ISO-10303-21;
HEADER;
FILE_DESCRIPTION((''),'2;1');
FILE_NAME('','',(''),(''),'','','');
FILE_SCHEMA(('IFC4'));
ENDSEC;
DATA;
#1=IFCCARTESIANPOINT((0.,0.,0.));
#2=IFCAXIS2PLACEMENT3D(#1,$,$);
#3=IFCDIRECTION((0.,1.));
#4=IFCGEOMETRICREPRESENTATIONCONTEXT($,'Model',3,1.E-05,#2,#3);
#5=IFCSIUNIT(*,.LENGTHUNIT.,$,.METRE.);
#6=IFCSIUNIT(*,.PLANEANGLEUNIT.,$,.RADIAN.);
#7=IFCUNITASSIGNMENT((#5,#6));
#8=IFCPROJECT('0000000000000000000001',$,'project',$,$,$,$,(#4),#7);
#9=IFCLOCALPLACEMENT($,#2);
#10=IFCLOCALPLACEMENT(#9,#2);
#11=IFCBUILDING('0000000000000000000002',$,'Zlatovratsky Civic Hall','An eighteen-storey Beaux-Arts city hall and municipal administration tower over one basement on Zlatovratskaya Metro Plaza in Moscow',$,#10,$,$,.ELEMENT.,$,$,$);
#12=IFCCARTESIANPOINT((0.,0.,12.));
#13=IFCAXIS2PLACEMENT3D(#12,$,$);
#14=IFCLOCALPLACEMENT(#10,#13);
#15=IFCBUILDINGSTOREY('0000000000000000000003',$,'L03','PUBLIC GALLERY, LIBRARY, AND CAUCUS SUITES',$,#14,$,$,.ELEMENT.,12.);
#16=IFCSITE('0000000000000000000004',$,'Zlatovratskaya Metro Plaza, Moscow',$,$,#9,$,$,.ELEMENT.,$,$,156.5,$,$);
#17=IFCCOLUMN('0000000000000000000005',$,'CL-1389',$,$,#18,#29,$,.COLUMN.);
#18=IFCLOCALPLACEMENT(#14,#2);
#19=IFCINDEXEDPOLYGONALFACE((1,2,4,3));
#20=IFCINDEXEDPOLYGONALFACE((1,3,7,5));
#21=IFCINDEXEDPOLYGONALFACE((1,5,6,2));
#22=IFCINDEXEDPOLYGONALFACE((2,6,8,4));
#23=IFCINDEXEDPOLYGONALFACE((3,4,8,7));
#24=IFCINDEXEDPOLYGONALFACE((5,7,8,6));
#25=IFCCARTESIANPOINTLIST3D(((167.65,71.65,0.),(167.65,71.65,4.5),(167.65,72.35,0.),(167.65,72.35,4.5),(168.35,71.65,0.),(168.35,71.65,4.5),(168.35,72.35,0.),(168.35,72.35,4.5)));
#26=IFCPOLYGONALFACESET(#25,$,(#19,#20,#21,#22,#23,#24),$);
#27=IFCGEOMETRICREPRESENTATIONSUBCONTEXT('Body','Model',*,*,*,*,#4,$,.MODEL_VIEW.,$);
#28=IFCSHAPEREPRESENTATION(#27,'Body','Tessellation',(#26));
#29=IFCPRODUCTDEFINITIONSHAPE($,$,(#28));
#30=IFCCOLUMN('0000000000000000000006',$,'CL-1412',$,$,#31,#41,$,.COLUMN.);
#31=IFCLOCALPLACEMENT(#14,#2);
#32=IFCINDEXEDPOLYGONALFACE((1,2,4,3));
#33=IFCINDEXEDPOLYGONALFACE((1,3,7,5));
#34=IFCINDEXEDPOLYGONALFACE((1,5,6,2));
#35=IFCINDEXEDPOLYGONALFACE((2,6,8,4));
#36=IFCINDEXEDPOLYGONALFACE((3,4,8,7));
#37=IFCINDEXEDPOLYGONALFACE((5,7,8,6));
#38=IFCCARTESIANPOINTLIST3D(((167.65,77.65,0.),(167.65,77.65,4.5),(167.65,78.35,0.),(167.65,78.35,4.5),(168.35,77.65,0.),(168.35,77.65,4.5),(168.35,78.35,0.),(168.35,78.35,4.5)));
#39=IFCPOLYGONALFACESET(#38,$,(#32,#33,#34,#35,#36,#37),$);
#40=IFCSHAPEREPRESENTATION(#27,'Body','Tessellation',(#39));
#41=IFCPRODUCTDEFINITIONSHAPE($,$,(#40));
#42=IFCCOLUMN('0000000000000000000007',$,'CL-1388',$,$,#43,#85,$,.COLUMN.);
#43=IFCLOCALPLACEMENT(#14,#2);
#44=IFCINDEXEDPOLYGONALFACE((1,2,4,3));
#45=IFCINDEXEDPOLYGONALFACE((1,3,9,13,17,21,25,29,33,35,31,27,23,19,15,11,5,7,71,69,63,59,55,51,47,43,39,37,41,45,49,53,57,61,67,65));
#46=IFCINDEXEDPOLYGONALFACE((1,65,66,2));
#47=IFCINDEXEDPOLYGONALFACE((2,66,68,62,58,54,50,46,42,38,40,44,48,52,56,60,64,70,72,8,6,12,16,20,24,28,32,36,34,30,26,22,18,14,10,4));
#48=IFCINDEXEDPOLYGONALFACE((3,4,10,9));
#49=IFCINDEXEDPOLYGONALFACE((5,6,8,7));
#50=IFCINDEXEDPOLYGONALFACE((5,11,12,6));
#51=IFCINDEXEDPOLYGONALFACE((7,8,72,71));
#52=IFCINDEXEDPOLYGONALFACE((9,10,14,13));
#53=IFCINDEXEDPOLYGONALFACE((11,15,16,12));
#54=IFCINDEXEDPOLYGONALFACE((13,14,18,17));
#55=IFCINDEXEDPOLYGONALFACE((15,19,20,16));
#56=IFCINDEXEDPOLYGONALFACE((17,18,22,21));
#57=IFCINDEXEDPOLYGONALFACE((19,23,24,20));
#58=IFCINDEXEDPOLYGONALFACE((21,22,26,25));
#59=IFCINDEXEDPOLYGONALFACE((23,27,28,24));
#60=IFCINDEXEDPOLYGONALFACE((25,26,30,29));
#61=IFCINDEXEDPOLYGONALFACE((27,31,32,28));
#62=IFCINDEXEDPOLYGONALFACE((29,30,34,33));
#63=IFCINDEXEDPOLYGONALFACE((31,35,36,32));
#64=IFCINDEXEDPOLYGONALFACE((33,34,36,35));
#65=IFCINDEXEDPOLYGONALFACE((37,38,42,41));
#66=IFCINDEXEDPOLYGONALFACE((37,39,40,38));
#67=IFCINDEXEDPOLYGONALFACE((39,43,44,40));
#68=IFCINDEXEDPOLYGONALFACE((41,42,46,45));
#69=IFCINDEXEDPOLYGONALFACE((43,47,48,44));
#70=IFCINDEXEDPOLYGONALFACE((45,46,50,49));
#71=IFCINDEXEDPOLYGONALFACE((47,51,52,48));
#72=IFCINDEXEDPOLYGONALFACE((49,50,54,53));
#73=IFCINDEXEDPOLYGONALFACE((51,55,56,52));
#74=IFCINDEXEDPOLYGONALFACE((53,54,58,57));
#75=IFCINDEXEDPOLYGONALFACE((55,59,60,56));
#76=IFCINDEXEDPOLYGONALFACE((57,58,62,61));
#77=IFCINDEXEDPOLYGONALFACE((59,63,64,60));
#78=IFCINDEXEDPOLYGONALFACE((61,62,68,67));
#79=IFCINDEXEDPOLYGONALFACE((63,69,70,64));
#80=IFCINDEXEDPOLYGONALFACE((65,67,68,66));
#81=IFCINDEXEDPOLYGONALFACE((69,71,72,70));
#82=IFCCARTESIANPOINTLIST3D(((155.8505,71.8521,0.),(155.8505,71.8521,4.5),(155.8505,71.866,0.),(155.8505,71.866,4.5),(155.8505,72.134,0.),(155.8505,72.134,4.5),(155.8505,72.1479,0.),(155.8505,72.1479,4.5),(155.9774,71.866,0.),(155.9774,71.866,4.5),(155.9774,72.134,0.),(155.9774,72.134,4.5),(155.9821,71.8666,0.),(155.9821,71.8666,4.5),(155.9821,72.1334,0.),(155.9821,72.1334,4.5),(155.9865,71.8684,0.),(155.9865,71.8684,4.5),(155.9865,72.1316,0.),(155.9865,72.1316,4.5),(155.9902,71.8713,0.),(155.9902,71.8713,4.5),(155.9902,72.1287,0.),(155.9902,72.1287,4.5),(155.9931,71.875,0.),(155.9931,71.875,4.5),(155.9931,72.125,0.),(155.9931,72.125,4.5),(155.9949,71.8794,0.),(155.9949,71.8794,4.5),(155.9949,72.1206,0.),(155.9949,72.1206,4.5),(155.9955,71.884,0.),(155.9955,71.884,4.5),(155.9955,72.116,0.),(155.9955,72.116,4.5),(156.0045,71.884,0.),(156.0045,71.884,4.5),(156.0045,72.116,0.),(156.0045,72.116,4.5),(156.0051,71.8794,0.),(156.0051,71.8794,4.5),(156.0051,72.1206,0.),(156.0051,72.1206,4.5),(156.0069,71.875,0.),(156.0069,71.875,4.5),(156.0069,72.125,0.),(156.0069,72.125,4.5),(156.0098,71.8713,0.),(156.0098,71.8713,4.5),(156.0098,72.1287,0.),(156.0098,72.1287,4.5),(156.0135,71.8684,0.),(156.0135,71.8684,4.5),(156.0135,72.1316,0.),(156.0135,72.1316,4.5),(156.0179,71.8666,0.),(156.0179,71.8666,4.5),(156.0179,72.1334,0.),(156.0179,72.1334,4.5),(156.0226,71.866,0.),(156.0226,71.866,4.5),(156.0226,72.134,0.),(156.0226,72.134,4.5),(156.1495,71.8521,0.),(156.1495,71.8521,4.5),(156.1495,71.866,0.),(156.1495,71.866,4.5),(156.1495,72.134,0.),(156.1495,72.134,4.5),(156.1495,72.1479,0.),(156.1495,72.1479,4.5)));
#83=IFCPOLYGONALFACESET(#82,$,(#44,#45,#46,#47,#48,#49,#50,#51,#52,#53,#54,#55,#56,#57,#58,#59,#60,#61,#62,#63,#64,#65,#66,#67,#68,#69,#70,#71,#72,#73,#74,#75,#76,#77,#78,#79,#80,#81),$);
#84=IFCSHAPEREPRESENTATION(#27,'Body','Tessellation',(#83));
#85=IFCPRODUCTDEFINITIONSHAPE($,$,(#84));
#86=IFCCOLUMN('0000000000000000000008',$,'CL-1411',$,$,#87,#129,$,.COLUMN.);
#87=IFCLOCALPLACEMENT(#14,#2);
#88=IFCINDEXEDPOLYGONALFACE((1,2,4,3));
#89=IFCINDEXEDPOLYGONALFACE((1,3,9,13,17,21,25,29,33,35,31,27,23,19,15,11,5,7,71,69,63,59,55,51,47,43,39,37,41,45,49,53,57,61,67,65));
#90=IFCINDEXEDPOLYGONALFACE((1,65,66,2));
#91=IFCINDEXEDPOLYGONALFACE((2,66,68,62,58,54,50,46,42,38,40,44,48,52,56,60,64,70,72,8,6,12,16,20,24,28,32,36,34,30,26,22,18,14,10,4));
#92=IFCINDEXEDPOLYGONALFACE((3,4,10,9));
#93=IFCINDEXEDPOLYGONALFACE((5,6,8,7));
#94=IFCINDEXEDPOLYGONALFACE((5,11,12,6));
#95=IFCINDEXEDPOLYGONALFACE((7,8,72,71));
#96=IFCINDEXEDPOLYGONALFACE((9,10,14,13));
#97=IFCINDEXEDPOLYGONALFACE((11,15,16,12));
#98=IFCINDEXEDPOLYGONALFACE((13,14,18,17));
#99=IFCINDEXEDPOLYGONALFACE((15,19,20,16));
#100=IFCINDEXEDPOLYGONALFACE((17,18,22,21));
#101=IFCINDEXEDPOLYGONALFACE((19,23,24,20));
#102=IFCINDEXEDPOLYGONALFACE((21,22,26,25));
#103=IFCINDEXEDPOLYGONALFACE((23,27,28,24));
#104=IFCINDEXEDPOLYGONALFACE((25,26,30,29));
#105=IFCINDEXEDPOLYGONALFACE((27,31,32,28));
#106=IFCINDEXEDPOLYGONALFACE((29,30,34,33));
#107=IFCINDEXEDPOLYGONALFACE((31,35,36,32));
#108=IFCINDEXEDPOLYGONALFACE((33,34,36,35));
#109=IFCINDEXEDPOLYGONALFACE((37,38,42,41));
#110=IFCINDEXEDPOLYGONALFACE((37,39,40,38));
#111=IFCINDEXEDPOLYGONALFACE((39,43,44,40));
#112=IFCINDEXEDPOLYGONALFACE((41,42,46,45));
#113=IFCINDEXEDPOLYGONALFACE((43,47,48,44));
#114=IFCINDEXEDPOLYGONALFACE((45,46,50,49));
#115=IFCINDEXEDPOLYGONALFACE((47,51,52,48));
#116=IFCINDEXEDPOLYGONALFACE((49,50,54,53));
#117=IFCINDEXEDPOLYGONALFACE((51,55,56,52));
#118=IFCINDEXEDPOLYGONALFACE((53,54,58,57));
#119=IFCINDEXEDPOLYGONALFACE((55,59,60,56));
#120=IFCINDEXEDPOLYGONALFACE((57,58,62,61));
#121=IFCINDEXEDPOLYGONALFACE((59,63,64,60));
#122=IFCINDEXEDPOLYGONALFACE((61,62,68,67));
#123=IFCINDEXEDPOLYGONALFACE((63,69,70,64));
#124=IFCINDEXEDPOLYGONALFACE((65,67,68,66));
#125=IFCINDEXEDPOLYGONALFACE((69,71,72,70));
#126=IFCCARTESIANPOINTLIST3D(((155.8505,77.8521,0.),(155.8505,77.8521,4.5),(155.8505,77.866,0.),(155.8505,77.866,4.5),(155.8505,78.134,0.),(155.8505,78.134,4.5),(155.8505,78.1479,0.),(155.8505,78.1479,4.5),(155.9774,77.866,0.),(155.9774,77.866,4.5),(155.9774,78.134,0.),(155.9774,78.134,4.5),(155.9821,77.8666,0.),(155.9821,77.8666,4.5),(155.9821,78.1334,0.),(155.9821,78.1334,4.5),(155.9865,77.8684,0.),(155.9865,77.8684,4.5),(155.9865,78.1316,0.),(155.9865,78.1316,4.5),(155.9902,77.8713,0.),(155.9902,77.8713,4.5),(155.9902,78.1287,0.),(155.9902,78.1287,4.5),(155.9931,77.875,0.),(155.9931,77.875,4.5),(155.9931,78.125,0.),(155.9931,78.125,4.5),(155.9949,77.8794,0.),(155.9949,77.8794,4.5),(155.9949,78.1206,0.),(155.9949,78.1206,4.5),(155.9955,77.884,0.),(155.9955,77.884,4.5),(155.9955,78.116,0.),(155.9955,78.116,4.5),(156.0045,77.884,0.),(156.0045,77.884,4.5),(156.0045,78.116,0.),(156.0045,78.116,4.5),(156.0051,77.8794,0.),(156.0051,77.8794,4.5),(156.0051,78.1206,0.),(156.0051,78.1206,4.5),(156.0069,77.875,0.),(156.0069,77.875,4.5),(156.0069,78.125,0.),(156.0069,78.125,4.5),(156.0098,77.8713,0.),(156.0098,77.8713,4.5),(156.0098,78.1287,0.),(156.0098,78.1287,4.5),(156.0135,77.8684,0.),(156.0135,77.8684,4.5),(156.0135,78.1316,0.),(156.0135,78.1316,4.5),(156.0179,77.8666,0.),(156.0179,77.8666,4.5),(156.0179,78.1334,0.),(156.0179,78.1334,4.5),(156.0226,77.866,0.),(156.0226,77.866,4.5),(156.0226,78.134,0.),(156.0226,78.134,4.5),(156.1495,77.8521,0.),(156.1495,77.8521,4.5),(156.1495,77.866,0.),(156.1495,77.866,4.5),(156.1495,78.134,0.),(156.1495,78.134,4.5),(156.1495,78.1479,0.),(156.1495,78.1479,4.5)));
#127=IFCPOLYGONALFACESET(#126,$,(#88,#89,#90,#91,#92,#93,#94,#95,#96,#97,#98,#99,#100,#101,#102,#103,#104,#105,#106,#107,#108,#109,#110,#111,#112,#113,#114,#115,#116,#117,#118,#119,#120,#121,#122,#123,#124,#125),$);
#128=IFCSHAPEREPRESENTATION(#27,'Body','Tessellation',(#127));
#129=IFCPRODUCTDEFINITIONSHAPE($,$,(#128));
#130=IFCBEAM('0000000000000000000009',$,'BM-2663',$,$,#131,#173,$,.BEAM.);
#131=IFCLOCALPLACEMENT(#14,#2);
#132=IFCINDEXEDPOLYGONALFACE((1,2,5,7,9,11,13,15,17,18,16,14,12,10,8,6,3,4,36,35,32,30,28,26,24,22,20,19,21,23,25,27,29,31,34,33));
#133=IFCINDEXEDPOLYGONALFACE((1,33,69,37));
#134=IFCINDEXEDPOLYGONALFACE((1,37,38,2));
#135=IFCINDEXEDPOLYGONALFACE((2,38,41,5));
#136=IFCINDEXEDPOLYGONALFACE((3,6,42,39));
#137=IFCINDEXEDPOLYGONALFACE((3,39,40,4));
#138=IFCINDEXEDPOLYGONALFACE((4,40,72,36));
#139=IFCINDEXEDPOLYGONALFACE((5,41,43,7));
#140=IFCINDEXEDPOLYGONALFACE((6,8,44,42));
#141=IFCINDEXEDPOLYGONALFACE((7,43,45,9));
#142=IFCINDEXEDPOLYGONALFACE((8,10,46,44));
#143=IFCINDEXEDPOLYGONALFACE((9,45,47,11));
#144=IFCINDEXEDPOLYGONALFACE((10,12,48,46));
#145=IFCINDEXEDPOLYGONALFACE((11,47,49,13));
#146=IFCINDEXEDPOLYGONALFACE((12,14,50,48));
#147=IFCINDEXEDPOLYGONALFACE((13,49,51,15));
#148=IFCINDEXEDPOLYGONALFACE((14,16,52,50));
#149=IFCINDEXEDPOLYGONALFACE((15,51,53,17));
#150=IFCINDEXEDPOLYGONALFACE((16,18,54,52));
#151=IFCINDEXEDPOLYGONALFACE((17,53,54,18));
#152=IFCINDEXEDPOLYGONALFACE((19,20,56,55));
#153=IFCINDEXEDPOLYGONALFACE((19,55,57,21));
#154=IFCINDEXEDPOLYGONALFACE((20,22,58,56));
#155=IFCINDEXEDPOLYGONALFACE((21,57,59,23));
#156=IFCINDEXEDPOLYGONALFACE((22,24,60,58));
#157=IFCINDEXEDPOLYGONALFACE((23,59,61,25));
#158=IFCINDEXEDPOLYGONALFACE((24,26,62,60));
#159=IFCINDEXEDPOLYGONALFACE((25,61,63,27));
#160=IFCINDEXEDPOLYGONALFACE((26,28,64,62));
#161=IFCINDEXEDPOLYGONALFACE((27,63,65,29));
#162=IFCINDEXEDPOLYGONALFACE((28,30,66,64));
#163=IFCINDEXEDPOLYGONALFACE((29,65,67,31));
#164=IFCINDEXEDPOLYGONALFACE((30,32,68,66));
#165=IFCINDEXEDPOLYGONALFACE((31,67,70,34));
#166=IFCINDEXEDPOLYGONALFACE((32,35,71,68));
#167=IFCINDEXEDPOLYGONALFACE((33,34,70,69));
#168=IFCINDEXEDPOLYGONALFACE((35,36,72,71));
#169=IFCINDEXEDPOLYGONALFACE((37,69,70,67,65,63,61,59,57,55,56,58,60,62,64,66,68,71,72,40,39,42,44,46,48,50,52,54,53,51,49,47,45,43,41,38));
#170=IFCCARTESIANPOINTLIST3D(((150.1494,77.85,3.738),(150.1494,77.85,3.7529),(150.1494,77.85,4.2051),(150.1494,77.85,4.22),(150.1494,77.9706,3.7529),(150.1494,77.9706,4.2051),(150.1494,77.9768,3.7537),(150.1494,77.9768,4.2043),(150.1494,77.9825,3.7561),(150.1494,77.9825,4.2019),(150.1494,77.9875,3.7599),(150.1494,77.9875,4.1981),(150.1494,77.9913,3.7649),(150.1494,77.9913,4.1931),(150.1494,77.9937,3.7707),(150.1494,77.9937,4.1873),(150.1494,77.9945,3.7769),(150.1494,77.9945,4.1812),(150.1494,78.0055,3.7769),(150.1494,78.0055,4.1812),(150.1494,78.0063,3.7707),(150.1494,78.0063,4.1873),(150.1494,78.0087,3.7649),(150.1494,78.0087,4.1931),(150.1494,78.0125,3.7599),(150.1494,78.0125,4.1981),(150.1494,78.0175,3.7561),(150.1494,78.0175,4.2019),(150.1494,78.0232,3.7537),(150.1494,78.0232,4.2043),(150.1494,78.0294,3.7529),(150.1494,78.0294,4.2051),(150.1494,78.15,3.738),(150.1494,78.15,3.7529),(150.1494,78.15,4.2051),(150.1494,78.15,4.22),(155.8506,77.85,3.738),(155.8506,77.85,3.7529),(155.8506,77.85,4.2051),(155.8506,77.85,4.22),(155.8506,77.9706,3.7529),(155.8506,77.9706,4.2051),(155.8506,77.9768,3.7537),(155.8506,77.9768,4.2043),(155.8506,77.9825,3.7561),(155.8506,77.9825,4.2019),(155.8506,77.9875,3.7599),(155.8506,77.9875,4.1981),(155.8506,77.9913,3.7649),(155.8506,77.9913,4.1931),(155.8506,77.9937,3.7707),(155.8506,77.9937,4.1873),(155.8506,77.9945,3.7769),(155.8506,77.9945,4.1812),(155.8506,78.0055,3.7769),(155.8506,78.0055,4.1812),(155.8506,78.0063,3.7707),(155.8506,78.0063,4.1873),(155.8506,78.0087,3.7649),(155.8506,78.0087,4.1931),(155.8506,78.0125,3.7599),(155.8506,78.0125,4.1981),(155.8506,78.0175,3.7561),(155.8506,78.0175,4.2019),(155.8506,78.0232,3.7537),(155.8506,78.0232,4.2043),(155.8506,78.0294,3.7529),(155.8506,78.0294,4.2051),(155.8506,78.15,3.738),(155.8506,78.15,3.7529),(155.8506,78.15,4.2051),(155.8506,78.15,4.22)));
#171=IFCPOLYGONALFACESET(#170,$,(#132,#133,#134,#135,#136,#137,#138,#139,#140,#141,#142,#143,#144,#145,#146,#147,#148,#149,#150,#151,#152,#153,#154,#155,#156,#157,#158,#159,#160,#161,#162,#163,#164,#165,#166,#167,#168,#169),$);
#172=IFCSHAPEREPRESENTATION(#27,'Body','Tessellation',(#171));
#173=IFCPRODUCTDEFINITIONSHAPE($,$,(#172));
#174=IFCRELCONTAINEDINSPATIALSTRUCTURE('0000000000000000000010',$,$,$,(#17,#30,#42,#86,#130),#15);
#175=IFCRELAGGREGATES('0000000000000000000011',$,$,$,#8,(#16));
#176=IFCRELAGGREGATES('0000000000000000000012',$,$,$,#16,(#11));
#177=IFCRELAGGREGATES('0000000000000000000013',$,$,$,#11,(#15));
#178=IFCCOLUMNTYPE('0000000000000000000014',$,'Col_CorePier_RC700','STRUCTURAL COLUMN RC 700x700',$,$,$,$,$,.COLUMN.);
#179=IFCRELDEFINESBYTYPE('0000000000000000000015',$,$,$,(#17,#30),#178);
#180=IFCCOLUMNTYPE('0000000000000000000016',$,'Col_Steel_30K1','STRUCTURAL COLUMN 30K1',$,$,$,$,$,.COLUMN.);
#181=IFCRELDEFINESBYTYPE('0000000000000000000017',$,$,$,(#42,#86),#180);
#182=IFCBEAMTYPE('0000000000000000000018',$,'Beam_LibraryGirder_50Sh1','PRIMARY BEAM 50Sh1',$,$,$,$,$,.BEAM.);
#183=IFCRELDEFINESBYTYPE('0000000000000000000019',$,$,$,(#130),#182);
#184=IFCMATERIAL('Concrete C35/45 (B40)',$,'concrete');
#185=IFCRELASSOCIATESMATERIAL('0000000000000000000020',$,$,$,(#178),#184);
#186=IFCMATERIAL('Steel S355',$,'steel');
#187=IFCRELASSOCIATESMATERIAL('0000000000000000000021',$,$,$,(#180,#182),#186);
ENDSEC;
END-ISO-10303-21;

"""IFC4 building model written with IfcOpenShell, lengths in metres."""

from ifc_helpers import new_model, si_unit, direction, frame, origin, origin_2d, place, context, subcontext, project, spatial, rectangle, i_section, extrude, material, material_profile, profile_set, type_object, element, save


model = new_model("IFC4")

# Units and contexts
model_context = context("Model", 3, precision=1e-05, world=origin(), true_north=direction((0.0, 1.0)))
body_context = subcontext(model_context, "Body", "Model", "MODEL_VIEW")
ifc_project = project(units=[si_unit("LENGTHUNIT", "METRE"), si_unit("PLANEANGLEUNIT", "RADIAN")], contexts=[model_context])

# Site, building, storey
site_placement = place(None, origin())
site = spatial("IfcSite", under=ifc_project, at=site_placement, Name="Zlatovratskaya Metro Plaza, Moscow", CompositionType="ELEMENT", RefElevation=156.5)
building_placement = place(site_placement, origin())
building = spatial("IfcBuilding", under=site, at=building_placement, Name="Zlatovratsky Civic Hall", Description="An eighteen-storey Beaux-Arts city hall and municipal administration tower over one basement on Zlatovratskaya Metro Plaza in Moscow", CompositionType="ELEMENT")
storey_placement = place(building_placement, frame((0.0, 0.0, 12.0)))
storey = spatial("IfcBuildingStorey", under=building, at=storey_placement, Name="L03", Description="PUBLIC GALLERY, LIBRARY, AND CAUCUS SUITES", CompositionType="ELEMENT", Elevation=12.0)

# Columns
ifc_material_1 = material(Name="Concrete C35/45 (B40)", Category="concrete")
ifc_material_profile_1 = material_profile(ifc_material_1, rectangle(XDim=0.7, YDim=0.7, at=origin_2d()), Name="RC 700x700")
ifc_profile_set_1 = profile_set([ifc_material_profile_1], Name="Concrete C35/45 (B40)")
column_type_1 = type_object("IfcColumnType", Name="Col_CorePier_RC700", Description="STRUCTURAL COLUMN RC 700x700", PredefinedType="COLUMN", material=ifc_profile_set_1)
for number, where, z_axis, x_axis, name in (
    (1, (168.0, 72.0, 0.0), (0.0, 0.0, 1.0), (1.0, 0.0, 0.0), "CL-1389"),
    (2, (168.0, 78.0, 0.0), (0.0, 0.0, 1.0), (1.0, 0.0, 0.0), "CL-1412"),
):
    element("IfcColumn", number, at=place(storey_placement, frame(where, z_axis=z_axis, x_axis=x_axis)), inside=storey, type_object=column_type_1, Name=name, PredefinedType="COLUMN", context=body_context, shape_type="SweptSolid", body=[
        extrude(rectangle(XDim=0.7, YDim=0.7, at=origin_2d()), origin(), (0.0, 0.0, 1.0), 4.5),
    ])
ifc_material_2 = material(Name="Steel S355", Category="steel")
ifc_material_profile_2 = material_profile(ifc_material_2, i_section(OverallWidth=0.2991, OverallDepth=0.2959, WebThickness=0.009, FlangeThickness=0.0139, FilletRadius=0.0181, at=origin_2d()), Name="30K1")
ifc_profile_set_2 = profile_set([ifc_material_profile_2], Name="Steel S355")
column_type_2 = type_object("IfcColumnType", Name="Col_Steel_30K1", Description="STRUCTURAL COLUMN 30K1", PredefinedType="COLUMN", material=ifc_profile_set_2)
for number, where, z_axis, x_axis, name in (
    (3, (156.0, 72.0, 0.0), (0.0, 0.0, 1.0), (1.0, 0.0, 0.0), "CL-1388"),
    (4, (156.0, 78.0, 0.0), (0.0, 0.0, 1.0), (1.0, 0.0, 0.0), "CL-1411"),
):
    element("IfcColumn", number, at=place(storey_placement, frame(where, z_axis=z_axis, x_axis=x_axis)), inside=storey, type_object=column_type_2, Name=name, PredefinedType="COLUMN", context=body_context, shape_type="SweptSolid", body=[
        extrude(i_section(OverallWidth=0.2991, OverallDepth=0.2959, WebThickness=0.009, FlangeThickness=0.0139, FilletRadius=0.0181, at=origin_2d()), origin(), (0.0, 0.0, 1.0), 4.5),
    ])

# Beam
ifc_material_profile_3 = material_profile(ifc_material_2, i_section(OverallWidth=0.3, OverallDepth=0.4819, WebThickness=0.011, FlangeThickness=0.0149, FilletRadius=0.0239, at=origin_2d()), Name="50Sh1")
ifc_profile_set_3 = profile_set([ifc_material_profile_3], Name="Steel S355")
beam_type_1 = type_object("IfcBeamType", Name="Beam_LibraryGirder_50Sh1", Description="PRIMARY BEAM 50Sh1", PredefinedType="BEAM", material=ifc_profile_set_3)
beam_1_placement = place(storey_placement, frame((150.1494, 78.0, 3.979), z_axis=(1.0, 0.0, 0.0), x_axis=(0.0, 1.0, 0.0)))
element("IfcBeam", 5, at=beam_1_placement, inside=storey, type_object=beam_type_1, Name="BM-2663", PredefinedType="BEAM", context=body_context, shape_type="SweptSolid", body=[
    extrude(i_section(OverallWidth=0.3, OverallDepth=0.4819, WebThickness=0.011, FlangeThickness=0.0149, FilletRadius=0.0239, at=origin_2d()), origin(), (0.0, 0.0, 1.0), 5.7012),
])

save(model, "model.ifc")
